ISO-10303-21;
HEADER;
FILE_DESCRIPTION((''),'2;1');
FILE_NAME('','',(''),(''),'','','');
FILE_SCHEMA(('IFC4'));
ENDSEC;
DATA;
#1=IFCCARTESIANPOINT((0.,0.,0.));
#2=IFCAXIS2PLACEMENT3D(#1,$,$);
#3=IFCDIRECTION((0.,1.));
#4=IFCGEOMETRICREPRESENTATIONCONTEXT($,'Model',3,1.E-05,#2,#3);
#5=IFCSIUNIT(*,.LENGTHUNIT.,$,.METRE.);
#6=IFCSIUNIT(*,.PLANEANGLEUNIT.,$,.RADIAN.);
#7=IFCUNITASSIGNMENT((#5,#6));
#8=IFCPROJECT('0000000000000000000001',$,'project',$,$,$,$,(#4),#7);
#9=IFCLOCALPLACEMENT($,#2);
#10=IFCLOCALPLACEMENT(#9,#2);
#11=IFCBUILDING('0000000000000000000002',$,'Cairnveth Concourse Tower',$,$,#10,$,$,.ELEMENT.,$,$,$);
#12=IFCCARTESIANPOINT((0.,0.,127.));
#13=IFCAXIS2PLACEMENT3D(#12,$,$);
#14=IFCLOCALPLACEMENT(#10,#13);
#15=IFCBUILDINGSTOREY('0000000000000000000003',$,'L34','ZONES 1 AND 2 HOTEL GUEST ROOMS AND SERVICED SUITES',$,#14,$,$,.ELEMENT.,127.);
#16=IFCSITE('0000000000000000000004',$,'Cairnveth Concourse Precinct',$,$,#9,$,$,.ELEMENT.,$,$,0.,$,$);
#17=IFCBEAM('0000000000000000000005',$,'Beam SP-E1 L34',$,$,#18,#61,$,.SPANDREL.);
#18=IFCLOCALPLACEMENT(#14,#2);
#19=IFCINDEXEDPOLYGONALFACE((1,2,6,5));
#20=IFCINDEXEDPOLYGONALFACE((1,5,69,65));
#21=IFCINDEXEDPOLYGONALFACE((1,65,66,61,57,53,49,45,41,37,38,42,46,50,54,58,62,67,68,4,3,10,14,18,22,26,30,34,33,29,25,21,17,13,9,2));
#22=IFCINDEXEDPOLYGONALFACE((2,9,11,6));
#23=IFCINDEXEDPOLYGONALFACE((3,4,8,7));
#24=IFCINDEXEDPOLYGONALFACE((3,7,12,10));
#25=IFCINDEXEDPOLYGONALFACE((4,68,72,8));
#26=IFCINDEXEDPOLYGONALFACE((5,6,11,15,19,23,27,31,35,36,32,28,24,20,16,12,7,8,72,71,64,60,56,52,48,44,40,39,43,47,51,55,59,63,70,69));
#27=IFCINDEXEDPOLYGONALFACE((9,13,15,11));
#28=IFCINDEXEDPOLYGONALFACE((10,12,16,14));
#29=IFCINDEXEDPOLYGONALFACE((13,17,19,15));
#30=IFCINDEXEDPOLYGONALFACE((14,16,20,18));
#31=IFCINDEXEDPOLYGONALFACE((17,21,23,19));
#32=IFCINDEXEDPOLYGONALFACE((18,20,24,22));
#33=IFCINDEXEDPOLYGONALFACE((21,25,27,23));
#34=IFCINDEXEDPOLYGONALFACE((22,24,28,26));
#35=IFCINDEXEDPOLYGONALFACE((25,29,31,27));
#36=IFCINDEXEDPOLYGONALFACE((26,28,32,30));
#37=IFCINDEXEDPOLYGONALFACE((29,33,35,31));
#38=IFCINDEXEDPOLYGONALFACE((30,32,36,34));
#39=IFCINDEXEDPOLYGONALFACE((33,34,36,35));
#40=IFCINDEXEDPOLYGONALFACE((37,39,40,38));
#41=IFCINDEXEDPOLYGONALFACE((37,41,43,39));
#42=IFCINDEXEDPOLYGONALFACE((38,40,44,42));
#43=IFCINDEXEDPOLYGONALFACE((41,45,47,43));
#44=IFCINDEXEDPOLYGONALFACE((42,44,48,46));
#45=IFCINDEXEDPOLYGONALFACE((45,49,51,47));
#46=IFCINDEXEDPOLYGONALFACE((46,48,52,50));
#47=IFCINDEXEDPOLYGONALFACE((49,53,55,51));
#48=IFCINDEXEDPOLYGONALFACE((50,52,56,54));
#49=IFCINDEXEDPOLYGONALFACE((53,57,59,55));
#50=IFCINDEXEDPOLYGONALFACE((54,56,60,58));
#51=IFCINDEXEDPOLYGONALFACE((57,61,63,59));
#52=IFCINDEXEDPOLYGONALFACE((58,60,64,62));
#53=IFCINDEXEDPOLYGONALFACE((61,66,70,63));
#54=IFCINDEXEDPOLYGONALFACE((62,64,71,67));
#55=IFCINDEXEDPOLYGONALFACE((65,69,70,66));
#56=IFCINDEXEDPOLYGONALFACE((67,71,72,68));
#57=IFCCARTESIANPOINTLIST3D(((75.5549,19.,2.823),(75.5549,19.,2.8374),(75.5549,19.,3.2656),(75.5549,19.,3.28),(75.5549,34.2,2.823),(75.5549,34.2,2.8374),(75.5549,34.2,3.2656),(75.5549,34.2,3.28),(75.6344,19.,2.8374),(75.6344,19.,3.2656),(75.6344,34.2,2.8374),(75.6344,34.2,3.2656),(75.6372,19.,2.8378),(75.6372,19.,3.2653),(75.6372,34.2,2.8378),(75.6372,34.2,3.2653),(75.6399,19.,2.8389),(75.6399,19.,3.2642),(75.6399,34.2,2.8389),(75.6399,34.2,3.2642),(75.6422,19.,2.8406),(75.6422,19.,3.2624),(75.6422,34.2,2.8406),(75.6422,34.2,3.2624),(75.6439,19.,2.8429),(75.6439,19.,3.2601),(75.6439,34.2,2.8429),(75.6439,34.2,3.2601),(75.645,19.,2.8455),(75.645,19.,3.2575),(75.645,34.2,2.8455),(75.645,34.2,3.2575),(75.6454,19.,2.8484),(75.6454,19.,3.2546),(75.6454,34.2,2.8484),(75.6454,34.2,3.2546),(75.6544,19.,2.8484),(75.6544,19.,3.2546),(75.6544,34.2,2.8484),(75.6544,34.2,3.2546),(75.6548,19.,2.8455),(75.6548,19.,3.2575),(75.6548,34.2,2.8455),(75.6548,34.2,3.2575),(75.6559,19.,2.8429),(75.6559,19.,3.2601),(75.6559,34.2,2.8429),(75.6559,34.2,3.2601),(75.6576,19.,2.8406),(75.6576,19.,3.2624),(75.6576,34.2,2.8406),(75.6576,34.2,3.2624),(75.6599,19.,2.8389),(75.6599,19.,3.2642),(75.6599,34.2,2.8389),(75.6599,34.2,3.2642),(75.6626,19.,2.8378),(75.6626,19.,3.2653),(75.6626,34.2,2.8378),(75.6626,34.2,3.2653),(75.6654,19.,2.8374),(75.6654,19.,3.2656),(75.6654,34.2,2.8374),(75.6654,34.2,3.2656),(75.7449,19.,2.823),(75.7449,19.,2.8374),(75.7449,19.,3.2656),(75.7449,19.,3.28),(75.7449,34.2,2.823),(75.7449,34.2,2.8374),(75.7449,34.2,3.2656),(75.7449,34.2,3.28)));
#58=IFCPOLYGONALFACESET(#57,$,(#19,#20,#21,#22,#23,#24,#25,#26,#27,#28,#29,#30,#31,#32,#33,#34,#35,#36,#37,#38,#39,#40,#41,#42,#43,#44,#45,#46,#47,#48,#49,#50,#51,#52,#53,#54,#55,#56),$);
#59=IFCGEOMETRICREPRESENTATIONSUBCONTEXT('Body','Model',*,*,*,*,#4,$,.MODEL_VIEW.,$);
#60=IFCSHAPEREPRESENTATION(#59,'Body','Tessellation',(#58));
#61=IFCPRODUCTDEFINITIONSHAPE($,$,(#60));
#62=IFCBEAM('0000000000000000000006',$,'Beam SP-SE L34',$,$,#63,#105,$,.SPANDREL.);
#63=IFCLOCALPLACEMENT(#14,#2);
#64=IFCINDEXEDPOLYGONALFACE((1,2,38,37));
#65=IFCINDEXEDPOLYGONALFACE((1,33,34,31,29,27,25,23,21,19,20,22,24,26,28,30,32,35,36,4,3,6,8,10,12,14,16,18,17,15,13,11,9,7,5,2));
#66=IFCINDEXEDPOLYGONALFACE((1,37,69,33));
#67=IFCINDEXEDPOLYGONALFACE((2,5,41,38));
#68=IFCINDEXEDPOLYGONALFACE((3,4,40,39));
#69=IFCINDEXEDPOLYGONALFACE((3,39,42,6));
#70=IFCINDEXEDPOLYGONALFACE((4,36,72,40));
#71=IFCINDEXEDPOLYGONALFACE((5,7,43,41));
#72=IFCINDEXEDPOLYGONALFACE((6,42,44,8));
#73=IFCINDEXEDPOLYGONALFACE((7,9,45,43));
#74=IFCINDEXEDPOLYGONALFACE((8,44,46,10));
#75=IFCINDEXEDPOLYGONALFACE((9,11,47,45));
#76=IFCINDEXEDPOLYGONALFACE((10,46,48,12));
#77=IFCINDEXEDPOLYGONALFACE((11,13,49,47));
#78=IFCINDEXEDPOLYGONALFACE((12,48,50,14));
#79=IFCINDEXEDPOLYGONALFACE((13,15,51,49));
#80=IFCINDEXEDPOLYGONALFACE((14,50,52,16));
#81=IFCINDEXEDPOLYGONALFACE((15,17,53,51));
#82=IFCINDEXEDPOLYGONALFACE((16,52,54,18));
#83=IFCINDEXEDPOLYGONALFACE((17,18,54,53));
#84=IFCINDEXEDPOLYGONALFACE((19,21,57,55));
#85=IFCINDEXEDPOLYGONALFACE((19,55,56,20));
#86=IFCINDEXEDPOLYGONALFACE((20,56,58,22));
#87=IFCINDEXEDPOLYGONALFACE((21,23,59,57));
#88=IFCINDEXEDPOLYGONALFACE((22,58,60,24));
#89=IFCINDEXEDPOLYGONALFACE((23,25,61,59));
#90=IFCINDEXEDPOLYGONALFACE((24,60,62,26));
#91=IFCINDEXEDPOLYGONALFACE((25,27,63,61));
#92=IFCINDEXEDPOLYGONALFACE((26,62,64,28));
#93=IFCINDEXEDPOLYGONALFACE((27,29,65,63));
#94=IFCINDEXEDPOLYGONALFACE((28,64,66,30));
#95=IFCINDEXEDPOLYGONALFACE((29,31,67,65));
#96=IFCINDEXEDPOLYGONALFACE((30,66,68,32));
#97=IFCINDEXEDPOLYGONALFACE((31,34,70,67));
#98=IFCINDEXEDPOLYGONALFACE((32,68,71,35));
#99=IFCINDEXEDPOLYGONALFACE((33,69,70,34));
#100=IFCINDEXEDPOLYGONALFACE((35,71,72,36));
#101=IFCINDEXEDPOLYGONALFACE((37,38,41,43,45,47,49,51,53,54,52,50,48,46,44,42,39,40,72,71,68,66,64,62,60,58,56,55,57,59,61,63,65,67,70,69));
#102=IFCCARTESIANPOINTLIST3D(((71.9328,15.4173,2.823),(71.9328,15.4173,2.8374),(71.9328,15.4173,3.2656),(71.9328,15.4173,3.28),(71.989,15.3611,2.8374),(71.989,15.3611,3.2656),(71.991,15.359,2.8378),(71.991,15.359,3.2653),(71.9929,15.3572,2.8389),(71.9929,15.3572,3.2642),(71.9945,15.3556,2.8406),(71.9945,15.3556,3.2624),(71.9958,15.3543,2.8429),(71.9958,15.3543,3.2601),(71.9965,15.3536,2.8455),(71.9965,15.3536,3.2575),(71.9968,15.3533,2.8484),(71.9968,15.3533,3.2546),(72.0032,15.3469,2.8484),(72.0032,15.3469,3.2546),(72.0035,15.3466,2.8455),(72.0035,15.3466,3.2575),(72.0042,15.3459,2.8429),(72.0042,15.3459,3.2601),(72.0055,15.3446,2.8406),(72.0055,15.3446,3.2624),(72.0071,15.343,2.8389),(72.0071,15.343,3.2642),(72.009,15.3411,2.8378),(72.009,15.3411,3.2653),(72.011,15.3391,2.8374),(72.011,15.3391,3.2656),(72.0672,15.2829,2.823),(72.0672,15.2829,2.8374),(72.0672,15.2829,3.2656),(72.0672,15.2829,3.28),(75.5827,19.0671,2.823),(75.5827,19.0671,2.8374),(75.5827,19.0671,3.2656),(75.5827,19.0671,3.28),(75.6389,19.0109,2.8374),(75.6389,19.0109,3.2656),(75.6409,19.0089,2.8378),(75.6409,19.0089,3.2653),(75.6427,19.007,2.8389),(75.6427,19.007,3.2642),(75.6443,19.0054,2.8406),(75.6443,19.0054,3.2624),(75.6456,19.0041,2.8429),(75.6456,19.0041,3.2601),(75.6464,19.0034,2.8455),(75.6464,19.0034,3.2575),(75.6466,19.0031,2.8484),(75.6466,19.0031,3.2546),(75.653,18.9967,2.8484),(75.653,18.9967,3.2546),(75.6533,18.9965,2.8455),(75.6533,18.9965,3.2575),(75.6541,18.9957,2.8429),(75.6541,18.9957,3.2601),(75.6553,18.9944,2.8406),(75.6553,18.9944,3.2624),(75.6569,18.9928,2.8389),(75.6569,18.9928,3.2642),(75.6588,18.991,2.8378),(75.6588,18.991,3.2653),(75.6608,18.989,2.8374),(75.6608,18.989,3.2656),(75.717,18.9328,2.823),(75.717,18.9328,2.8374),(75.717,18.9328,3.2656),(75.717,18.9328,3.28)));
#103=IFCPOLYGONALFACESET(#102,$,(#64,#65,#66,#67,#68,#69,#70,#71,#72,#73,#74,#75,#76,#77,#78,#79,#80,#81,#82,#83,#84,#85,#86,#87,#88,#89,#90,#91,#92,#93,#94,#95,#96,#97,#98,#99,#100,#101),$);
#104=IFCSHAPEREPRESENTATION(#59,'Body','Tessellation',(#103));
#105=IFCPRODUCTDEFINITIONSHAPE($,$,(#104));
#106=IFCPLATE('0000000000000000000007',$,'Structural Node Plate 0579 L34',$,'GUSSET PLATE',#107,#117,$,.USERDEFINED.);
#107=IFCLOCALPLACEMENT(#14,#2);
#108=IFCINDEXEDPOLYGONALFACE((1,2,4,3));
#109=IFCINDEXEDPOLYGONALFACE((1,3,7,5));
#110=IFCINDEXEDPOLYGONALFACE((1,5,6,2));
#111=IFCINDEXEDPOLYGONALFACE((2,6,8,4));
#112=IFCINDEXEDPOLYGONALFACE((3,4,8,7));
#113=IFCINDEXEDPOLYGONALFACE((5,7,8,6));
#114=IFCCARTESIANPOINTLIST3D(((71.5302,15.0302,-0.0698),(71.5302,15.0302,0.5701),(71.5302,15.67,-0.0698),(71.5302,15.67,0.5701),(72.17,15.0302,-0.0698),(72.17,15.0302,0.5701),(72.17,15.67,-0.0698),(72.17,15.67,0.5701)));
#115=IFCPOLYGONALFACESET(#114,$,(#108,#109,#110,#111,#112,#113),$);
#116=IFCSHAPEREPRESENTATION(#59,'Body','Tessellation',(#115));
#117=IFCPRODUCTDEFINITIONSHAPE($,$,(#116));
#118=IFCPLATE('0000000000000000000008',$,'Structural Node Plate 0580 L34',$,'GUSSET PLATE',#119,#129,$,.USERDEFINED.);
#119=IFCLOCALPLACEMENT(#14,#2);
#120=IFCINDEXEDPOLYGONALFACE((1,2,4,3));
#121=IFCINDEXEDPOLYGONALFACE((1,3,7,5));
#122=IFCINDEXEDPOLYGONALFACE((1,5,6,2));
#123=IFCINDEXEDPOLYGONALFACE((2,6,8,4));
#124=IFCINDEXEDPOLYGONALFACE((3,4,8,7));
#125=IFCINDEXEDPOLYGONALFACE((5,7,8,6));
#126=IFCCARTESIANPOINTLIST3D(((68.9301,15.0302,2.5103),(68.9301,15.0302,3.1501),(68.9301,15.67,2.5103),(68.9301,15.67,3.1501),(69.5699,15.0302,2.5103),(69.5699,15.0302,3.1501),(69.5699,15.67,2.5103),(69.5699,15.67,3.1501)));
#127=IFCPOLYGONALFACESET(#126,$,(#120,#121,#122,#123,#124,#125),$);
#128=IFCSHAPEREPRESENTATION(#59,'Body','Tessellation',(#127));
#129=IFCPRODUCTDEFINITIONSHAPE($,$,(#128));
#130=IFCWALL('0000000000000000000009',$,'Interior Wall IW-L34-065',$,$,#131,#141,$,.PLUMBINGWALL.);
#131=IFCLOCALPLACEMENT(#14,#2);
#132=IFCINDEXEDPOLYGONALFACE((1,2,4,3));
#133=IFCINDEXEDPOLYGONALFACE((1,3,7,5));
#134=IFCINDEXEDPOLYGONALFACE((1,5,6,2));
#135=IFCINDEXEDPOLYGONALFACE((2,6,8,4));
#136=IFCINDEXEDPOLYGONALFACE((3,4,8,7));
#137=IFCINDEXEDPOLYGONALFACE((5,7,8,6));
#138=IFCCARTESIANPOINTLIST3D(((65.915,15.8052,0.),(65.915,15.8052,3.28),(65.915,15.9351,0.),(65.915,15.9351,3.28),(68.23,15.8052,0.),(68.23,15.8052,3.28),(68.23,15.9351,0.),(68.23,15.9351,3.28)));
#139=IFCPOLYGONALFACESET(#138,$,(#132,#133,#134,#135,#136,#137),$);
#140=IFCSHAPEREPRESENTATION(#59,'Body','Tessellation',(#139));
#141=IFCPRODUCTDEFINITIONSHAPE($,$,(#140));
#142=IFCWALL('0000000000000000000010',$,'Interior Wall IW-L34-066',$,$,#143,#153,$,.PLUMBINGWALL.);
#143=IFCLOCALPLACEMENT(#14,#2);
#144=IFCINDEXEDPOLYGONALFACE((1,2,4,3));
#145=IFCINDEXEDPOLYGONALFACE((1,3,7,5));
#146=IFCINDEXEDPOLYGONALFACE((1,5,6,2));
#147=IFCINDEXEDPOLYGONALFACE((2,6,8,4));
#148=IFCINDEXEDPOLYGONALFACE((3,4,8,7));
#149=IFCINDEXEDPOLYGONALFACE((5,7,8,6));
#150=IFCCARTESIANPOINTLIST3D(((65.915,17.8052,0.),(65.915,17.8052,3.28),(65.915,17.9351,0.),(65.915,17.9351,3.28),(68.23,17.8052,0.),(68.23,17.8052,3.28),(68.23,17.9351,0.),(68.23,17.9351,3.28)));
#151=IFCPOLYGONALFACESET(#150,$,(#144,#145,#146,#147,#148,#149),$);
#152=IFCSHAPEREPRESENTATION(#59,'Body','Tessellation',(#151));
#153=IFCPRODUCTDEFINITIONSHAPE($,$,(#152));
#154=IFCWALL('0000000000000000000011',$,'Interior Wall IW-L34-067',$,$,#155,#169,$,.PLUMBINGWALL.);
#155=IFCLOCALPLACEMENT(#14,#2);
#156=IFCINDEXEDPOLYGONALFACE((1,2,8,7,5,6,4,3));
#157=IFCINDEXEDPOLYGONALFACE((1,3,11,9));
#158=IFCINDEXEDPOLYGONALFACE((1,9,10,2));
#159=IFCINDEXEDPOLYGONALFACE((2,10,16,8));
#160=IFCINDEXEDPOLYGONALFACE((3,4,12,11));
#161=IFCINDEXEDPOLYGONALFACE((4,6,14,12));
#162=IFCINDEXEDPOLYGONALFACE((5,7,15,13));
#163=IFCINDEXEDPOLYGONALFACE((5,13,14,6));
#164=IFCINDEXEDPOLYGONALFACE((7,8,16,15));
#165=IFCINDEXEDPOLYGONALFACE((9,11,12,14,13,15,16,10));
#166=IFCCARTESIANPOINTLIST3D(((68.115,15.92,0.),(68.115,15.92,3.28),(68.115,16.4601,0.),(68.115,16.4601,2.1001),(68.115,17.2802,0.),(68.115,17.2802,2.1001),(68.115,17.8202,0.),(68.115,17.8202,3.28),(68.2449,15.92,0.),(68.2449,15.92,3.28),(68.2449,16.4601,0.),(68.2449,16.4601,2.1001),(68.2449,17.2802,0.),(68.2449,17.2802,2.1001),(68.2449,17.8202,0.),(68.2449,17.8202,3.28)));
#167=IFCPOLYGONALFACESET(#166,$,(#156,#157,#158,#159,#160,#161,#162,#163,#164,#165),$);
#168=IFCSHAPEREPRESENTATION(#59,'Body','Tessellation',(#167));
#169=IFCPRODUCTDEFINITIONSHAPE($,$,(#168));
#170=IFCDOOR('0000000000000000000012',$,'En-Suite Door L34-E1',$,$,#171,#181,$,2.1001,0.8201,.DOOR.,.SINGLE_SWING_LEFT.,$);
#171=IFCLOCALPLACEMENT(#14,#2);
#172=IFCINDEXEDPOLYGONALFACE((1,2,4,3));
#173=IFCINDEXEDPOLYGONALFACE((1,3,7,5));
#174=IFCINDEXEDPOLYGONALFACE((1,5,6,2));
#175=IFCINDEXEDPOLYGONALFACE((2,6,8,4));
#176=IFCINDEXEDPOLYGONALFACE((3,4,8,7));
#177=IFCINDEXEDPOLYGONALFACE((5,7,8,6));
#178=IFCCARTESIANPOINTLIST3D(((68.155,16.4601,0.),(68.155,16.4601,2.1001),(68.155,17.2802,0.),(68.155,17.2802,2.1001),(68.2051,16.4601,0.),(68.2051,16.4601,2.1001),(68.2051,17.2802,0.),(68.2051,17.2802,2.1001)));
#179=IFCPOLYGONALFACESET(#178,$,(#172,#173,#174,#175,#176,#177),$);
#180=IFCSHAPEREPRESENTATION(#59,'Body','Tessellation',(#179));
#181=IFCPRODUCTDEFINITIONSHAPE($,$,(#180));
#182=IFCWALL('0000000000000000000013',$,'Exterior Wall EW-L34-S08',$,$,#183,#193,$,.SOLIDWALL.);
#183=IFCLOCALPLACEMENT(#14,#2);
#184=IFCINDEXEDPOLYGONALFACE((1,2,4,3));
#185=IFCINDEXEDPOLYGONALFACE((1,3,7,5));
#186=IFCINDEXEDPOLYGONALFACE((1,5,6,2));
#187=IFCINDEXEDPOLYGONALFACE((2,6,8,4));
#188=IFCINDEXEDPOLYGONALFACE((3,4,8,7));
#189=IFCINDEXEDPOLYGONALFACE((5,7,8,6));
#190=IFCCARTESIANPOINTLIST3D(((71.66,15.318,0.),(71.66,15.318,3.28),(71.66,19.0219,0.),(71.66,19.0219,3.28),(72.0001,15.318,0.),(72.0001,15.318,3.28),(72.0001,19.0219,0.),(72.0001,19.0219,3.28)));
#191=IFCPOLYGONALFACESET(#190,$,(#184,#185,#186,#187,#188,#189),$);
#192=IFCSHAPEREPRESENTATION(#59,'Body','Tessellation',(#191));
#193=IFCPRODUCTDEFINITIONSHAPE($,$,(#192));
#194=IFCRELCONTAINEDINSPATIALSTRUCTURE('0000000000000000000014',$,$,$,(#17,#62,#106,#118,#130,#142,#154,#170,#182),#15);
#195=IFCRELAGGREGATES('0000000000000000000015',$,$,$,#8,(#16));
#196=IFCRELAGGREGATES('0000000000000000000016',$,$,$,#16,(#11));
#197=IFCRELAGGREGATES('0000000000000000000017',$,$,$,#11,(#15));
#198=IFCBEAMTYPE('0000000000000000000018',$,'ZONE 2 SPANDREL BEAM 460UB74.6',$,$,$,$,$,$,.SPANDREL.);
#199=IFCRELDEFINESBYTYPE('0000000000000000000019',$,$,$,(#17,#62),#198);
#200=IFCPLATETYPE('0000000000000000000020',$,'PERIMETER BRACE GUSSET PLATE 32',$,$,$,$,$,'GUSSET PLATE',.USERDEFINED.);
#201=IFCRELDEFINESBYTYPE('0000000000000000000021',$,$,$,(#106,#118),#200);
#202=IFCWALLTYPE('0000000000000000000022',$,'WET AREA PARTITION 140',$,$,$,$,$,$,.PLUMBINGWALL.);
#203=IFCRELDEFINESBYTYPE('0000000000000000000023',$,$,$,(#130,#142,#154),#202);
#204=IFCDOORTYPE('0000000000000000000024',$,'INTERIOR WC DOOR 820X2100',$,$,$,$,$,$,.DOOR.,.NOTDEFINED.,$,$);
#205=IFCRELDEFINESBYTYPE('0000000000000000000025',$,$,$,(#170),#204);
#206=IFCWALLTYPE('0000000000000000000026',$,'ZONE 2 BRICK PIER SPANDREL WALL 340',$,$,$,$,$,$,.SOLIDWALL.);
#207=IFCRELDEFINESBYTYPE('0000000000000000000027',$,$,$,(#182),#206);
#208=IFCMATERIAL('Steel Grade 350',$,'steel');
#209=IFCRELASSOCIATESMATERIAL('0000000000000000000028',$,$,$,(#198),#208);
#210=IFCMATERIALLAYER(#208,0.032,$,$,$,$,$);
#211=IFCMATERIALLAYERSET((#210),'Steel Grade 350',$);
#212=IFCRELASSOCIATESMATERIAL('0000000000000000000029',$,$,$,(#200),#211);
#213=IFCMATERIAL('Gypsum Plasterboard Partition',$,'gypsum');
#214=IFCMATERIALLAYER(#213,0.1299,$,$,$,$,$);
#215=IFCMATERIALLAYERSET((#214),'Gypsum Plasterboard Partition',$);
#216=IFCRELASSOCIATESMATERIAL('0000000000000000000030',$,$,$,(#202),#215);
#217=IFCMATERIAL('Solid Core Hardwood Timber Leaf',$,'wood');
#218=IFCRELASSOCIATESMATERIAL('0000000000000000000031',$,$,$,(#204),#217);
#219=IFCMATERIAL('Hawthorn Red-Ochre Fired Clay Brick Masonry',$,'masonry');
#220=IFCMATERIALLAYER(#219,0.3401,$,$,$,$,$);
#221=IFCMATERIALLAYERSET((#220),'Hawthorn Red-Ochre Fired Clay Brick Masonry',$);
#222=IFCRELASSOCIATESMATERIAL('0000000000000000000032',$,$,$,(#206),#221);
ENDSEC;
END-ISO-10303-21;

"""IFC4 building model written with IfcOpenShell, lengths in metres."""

from ifc_helpers import new_model, si_unit, direction, frame, frame_2d, origin, origin_2d, place, context, subcontext, project, spatial, rectangle, i_section, extrude, material, layer, layer_set, material_profile, profile_set, type_object, element, fill, save


model = new_model("IFC4")

# Units and contexts
model_context = context("Model", 3, precision=1e-05, world=origin(), true_north=direction((0.0, 1.0)))
body_context = subcontext(model_context, "Body", "Model", "MODEL_VIEW")
ifc_project = project(units=[si_unit("LENGTHUNIT", "METRE"), si_unit("PLANEANGLEUNIT", "RADIAN")], contexts=[model_context])

# Site, building, storey
site_placement = place(None, origin())
site = spatial("IfcSite", under=ifc_project, at=site_placement, Name="Cairnveth Concourse Precinct", CompositionType="ELEMENT", RefElevation=0.0)
building_placement = place(site_placement, origin())
building = spatial("IfcBuilding", under=site, at=building_placement, Name="Cairnveth Concourse Tower", CompositionType="ELEMENT")
storey_placement = place(building_placement, frame((0.0, 0.0, 127.0)))
storey = spatial("IfcBuildingStorey", under=building, at=storey_placement, Name="L34", Description="ZONES 1 AND 2 HOTEL GUEST ROOMS AND SERVICED SUITES", CompositionType="ELEMENT", Elevation=127.0)

# Shared definitions
ifc_material_1 = material(Name="Steel Grade 350", Category="steel")

# Beams
ifc_material_profile_1 = material_profile(ifc_material_1, i_section(OverallWidth=0.1899, OverallDepth=0.457, WebThickness=0.009, FlangeThickness=0.0144, FilletRadius=0.011, at=origin_2d()), Name="460UB74.6")
ifc_profile_set_1 = profile_set([ifc_material_profile_1], Name="Steel Grade 350")
beam_type_1 = type_object("IfcBeamType", Name="ZONE 2 SPANDREL BEAM 460UB74.6", PredefinedType="SPANDREL", material=ifc_profile_set_1)
beam_1_placement = place(storey_placement, frame((75.6499, 19.0, 3.0515), z_axis=(0.0, 1.0, 0.0), x_axis=(-1.0, 0.0, 0.0)))
element("IfcBeam", 1, at=beam_1_placement, inside=storey, type_object=beam_type_1, Name="Beam SP-E1 L34", PredefinedType="SPANDREL", context=body_context, shape_type="SweptSolid", body=[
    extrude(i_section(OverallWidth=0.1899, OverallDepth=0.457, WebThickness=0.009, FlangeThickness=0.0144, FilletRadius=0.011, at=origin_2d()), origin(), (0.0, 0.0, 1.0), 15.2),
])
beam_2_placement = place(storey_placement, frame((72.0, 15.3501, 3.0515), z_axis=(0.707107, 0.707107, 0.0), x_axis=(-0.707107, 0.707107, 0.0)))
element("IfcBeam", 2, at=beam_2_placement, inside=storey, type_object=beam_type_1, Name="Beam SP-SE L34", PredefinedType="SPANDREL", context=body_context, shape_type="SweptSolid", body=[
    extrude(i_section(OverallWidth=0.1899, OverallDepth=0.457, WebThickness=0.009, FlangeThickness=0.0144, FilletRadius=0.011, at=origin_2d()), origin(), (0.0, 0.0, 1.0), 5.1616),
])

# Plates
ifc_layer_1 = layer(ifc_material_1, 0.032)
ifc_layer_set_1 = layer_set([ifc_layer_1], Name="Steel Grade 350")
plate_type = type_object("IfcPlateType", Name="PERIMETER BRACE GUSSET PLATE 32", ElementType="GUSSET PLATE", PredefinedType="USERDEFINED", material=ifc_layer_set_1)
for number, where, z_axis, x_axis, name in (
    (3, (71.8501, 15.3501, -0.0698), (0.0, 0.0, 1.0), (1.0, 0.0, 0.0), "Structural Node Plate 0579 L34"),
    (4, (69.25, 15.3501, 2.5103), (0.0, 0.0, 1.0), (1.0, 0.0, 0.0), "Structural Node Plate 0580 L34"),
):
    element("IfcPlate", number, at=place(storey_placement, frame(where, z_axis=z_axis, x_axis=x_axis)), inside=storey, type_object=plate_type, Name=name, ObjectType="GUSSET PLATE", PredefinedType="USERDEFINED", context=body_context, shape_type="SweptSolid", body=[
        extrude(rectangle(XDim=0.6399, YDim=0.6399, at=origin_2d()), origin(), (0.0, 0.0, 1.0), 0.6399),
    ])

# Walls
ifc_material_2 = material(Name="Gypsum Plasterboard Partition", Category="gypsum")
ifc_layer_2 = layer(ifc_material_2, 0.1299)
ifc_layer_set_2 = layer_set([ifc_layer_2], Name="Gypsum Plasterboard Partition")
wall_type_1 = type_object("IfcWallType", Name="WET AREA PARTITION 140", PredefinedType="PLUMBINGWALL", material=ifc_layer_set_2)
for number, where, z_axis, x_axis, name in (
    (5, (65.915, 15.8701, 0.0), (0.0, 0.0, 1.0), (1.0, 0.0, 0.0), "Interior Wall IW-L34-065"),
    (6, (65.915, 17.8701, 0.0), (0.0, 0.0, 1.0), (1.0, 0.0, 0.0), "Interior Wall IW-L34-066"),
):
    element("IfcWall", number, at=place(storey_placement, frame(where, z_axis=z_axis, x_axis=x_axis)), inside=storey, type_object=wall_type_1, Name=name, PredefinedType="PLUMBINGWALL", context=body_context, shape_type="SweptSolid", body=[
        extrude(rectangle(XDim=2.3149, YDim=0.1299, at=frame_2d((1.1575, 0.0))), origin(), (0.0, 0.0, 1.0), 3.28),
    ])

# Wall, opening, door
wall_1_placement = place(storey_placement, frame((68.1799, 15.9199, 0.0), z_axis=(0.0, 0.0, 1.0), x_axis=(0.0, 1.0, 0.0)))
wall_1 = element("IfcWall", 7, at=wall_1_placement, inside=storey, type_object=wall_type_1, Name="Interior Wall IW-L34-067", PredefinedType="PLUMBINGWALL", context=body_context, shape_type="SweptSolid", body=[
    extrude(rectangle(XDim=1.9001, YDim=0.1299, at=frame_2d((0.9502, 0.0))), origin(), (0.0, 0.0, 1.0), 3.28),
])
opening_1_placement = place(wall_1_placement, frame((0.54, 0.0, 0.0)))
opening_1 = element("IfcOpeningElement", 8, at=opening_1_placement, cuts=wall_1, PredefinedType="OPENING", context=body_context, shape_type="SweptSolid", body=[
    extrude(rectangle(XDim=0.8201, YDim=2.1001, at=frame_2d((0.4102, 1.05))), frame((0.0, 0.075, 0.0), z_axis=(0.0, -1.0, 0.0), x_axis=(1.0, 0.0, 0.0)), (0.0, 0.0, 1.0), 0.1499),
])
ifc_material_3 = material(Name="Solid Core Hardwood Timber Leaf", Category="wood")
door_type = type_object("IfcDoorType", Name="INTERIOR WC DOOR 820X2100", OperationType="NOTDEFINED", PredefinedType="DOOR", material=ifc_material_3)
door_placement = place(opening_1_placement, origin())
door = element("IfcDoor", 9, at=door_placement, inside=storey, type_object=door_type, Name="En-Suite Door L34-E1", OperationType="SINGLE_SWING_LEFT", OverallHeight=2.1001, OverallWidth=0.8201, PredefinedType="DOOR", context=body_context, shape_type="SweptSolid", body=[
    extrude(rectangle(XDim=0.8201, YDim=2.1001, at=frame_2d((0.4102, 1.05))), frame((0.0, 0.0249, 0.0), z_axis=(0.0, -1.0, 0.0), x_axis=(1.0, 0.0, 0.0)), (0.0, 0.0, 1.0), 0.05),
])
fill(opening_1, door)

# Wall
ifc_material_4 = material(Name="Hawthorn Red-Ochre Fired Clay Brick Masonry", Category="masonry")
ifc_layer_3 = layer(ifc_material_4, 0.3401)
ifc_layer_set_3 = layer_set([ifc_layer_3], Name="Hawthorn Red-Ochre Fired Clay Brick Masonry")
wall_type_2 = type_object("IfcWallType", Name="ZONE 2 BRICK PIER SPANDREL WALL 340", PredefinedType="SOLIDWALL", material=ifc_layer_set_3)
wall_2_placement = place(storey_placement, frame((71.8301, 19.022, 0.0), z_axis=(0.0, 0.0, 1.0), x_axis=(0.0, -1.0, 0.0)))
element("IfcWall", 10, at=wall_2_placement, inside=storey, type_object=wall_type_2, Name="Exterior Wall EW-L34-S08", PredefinedType="SOLIDWALL", context=body_context, shape_type="SweptSolid", body=[
    extrude(rectangle(XDim=3.7039, YDim=0.3401, at=frame_2d((1.8521, 0.0))), origin(), (0.0, 0.0, 1.0), 3.28),
])

save(model, "model.ifc")
